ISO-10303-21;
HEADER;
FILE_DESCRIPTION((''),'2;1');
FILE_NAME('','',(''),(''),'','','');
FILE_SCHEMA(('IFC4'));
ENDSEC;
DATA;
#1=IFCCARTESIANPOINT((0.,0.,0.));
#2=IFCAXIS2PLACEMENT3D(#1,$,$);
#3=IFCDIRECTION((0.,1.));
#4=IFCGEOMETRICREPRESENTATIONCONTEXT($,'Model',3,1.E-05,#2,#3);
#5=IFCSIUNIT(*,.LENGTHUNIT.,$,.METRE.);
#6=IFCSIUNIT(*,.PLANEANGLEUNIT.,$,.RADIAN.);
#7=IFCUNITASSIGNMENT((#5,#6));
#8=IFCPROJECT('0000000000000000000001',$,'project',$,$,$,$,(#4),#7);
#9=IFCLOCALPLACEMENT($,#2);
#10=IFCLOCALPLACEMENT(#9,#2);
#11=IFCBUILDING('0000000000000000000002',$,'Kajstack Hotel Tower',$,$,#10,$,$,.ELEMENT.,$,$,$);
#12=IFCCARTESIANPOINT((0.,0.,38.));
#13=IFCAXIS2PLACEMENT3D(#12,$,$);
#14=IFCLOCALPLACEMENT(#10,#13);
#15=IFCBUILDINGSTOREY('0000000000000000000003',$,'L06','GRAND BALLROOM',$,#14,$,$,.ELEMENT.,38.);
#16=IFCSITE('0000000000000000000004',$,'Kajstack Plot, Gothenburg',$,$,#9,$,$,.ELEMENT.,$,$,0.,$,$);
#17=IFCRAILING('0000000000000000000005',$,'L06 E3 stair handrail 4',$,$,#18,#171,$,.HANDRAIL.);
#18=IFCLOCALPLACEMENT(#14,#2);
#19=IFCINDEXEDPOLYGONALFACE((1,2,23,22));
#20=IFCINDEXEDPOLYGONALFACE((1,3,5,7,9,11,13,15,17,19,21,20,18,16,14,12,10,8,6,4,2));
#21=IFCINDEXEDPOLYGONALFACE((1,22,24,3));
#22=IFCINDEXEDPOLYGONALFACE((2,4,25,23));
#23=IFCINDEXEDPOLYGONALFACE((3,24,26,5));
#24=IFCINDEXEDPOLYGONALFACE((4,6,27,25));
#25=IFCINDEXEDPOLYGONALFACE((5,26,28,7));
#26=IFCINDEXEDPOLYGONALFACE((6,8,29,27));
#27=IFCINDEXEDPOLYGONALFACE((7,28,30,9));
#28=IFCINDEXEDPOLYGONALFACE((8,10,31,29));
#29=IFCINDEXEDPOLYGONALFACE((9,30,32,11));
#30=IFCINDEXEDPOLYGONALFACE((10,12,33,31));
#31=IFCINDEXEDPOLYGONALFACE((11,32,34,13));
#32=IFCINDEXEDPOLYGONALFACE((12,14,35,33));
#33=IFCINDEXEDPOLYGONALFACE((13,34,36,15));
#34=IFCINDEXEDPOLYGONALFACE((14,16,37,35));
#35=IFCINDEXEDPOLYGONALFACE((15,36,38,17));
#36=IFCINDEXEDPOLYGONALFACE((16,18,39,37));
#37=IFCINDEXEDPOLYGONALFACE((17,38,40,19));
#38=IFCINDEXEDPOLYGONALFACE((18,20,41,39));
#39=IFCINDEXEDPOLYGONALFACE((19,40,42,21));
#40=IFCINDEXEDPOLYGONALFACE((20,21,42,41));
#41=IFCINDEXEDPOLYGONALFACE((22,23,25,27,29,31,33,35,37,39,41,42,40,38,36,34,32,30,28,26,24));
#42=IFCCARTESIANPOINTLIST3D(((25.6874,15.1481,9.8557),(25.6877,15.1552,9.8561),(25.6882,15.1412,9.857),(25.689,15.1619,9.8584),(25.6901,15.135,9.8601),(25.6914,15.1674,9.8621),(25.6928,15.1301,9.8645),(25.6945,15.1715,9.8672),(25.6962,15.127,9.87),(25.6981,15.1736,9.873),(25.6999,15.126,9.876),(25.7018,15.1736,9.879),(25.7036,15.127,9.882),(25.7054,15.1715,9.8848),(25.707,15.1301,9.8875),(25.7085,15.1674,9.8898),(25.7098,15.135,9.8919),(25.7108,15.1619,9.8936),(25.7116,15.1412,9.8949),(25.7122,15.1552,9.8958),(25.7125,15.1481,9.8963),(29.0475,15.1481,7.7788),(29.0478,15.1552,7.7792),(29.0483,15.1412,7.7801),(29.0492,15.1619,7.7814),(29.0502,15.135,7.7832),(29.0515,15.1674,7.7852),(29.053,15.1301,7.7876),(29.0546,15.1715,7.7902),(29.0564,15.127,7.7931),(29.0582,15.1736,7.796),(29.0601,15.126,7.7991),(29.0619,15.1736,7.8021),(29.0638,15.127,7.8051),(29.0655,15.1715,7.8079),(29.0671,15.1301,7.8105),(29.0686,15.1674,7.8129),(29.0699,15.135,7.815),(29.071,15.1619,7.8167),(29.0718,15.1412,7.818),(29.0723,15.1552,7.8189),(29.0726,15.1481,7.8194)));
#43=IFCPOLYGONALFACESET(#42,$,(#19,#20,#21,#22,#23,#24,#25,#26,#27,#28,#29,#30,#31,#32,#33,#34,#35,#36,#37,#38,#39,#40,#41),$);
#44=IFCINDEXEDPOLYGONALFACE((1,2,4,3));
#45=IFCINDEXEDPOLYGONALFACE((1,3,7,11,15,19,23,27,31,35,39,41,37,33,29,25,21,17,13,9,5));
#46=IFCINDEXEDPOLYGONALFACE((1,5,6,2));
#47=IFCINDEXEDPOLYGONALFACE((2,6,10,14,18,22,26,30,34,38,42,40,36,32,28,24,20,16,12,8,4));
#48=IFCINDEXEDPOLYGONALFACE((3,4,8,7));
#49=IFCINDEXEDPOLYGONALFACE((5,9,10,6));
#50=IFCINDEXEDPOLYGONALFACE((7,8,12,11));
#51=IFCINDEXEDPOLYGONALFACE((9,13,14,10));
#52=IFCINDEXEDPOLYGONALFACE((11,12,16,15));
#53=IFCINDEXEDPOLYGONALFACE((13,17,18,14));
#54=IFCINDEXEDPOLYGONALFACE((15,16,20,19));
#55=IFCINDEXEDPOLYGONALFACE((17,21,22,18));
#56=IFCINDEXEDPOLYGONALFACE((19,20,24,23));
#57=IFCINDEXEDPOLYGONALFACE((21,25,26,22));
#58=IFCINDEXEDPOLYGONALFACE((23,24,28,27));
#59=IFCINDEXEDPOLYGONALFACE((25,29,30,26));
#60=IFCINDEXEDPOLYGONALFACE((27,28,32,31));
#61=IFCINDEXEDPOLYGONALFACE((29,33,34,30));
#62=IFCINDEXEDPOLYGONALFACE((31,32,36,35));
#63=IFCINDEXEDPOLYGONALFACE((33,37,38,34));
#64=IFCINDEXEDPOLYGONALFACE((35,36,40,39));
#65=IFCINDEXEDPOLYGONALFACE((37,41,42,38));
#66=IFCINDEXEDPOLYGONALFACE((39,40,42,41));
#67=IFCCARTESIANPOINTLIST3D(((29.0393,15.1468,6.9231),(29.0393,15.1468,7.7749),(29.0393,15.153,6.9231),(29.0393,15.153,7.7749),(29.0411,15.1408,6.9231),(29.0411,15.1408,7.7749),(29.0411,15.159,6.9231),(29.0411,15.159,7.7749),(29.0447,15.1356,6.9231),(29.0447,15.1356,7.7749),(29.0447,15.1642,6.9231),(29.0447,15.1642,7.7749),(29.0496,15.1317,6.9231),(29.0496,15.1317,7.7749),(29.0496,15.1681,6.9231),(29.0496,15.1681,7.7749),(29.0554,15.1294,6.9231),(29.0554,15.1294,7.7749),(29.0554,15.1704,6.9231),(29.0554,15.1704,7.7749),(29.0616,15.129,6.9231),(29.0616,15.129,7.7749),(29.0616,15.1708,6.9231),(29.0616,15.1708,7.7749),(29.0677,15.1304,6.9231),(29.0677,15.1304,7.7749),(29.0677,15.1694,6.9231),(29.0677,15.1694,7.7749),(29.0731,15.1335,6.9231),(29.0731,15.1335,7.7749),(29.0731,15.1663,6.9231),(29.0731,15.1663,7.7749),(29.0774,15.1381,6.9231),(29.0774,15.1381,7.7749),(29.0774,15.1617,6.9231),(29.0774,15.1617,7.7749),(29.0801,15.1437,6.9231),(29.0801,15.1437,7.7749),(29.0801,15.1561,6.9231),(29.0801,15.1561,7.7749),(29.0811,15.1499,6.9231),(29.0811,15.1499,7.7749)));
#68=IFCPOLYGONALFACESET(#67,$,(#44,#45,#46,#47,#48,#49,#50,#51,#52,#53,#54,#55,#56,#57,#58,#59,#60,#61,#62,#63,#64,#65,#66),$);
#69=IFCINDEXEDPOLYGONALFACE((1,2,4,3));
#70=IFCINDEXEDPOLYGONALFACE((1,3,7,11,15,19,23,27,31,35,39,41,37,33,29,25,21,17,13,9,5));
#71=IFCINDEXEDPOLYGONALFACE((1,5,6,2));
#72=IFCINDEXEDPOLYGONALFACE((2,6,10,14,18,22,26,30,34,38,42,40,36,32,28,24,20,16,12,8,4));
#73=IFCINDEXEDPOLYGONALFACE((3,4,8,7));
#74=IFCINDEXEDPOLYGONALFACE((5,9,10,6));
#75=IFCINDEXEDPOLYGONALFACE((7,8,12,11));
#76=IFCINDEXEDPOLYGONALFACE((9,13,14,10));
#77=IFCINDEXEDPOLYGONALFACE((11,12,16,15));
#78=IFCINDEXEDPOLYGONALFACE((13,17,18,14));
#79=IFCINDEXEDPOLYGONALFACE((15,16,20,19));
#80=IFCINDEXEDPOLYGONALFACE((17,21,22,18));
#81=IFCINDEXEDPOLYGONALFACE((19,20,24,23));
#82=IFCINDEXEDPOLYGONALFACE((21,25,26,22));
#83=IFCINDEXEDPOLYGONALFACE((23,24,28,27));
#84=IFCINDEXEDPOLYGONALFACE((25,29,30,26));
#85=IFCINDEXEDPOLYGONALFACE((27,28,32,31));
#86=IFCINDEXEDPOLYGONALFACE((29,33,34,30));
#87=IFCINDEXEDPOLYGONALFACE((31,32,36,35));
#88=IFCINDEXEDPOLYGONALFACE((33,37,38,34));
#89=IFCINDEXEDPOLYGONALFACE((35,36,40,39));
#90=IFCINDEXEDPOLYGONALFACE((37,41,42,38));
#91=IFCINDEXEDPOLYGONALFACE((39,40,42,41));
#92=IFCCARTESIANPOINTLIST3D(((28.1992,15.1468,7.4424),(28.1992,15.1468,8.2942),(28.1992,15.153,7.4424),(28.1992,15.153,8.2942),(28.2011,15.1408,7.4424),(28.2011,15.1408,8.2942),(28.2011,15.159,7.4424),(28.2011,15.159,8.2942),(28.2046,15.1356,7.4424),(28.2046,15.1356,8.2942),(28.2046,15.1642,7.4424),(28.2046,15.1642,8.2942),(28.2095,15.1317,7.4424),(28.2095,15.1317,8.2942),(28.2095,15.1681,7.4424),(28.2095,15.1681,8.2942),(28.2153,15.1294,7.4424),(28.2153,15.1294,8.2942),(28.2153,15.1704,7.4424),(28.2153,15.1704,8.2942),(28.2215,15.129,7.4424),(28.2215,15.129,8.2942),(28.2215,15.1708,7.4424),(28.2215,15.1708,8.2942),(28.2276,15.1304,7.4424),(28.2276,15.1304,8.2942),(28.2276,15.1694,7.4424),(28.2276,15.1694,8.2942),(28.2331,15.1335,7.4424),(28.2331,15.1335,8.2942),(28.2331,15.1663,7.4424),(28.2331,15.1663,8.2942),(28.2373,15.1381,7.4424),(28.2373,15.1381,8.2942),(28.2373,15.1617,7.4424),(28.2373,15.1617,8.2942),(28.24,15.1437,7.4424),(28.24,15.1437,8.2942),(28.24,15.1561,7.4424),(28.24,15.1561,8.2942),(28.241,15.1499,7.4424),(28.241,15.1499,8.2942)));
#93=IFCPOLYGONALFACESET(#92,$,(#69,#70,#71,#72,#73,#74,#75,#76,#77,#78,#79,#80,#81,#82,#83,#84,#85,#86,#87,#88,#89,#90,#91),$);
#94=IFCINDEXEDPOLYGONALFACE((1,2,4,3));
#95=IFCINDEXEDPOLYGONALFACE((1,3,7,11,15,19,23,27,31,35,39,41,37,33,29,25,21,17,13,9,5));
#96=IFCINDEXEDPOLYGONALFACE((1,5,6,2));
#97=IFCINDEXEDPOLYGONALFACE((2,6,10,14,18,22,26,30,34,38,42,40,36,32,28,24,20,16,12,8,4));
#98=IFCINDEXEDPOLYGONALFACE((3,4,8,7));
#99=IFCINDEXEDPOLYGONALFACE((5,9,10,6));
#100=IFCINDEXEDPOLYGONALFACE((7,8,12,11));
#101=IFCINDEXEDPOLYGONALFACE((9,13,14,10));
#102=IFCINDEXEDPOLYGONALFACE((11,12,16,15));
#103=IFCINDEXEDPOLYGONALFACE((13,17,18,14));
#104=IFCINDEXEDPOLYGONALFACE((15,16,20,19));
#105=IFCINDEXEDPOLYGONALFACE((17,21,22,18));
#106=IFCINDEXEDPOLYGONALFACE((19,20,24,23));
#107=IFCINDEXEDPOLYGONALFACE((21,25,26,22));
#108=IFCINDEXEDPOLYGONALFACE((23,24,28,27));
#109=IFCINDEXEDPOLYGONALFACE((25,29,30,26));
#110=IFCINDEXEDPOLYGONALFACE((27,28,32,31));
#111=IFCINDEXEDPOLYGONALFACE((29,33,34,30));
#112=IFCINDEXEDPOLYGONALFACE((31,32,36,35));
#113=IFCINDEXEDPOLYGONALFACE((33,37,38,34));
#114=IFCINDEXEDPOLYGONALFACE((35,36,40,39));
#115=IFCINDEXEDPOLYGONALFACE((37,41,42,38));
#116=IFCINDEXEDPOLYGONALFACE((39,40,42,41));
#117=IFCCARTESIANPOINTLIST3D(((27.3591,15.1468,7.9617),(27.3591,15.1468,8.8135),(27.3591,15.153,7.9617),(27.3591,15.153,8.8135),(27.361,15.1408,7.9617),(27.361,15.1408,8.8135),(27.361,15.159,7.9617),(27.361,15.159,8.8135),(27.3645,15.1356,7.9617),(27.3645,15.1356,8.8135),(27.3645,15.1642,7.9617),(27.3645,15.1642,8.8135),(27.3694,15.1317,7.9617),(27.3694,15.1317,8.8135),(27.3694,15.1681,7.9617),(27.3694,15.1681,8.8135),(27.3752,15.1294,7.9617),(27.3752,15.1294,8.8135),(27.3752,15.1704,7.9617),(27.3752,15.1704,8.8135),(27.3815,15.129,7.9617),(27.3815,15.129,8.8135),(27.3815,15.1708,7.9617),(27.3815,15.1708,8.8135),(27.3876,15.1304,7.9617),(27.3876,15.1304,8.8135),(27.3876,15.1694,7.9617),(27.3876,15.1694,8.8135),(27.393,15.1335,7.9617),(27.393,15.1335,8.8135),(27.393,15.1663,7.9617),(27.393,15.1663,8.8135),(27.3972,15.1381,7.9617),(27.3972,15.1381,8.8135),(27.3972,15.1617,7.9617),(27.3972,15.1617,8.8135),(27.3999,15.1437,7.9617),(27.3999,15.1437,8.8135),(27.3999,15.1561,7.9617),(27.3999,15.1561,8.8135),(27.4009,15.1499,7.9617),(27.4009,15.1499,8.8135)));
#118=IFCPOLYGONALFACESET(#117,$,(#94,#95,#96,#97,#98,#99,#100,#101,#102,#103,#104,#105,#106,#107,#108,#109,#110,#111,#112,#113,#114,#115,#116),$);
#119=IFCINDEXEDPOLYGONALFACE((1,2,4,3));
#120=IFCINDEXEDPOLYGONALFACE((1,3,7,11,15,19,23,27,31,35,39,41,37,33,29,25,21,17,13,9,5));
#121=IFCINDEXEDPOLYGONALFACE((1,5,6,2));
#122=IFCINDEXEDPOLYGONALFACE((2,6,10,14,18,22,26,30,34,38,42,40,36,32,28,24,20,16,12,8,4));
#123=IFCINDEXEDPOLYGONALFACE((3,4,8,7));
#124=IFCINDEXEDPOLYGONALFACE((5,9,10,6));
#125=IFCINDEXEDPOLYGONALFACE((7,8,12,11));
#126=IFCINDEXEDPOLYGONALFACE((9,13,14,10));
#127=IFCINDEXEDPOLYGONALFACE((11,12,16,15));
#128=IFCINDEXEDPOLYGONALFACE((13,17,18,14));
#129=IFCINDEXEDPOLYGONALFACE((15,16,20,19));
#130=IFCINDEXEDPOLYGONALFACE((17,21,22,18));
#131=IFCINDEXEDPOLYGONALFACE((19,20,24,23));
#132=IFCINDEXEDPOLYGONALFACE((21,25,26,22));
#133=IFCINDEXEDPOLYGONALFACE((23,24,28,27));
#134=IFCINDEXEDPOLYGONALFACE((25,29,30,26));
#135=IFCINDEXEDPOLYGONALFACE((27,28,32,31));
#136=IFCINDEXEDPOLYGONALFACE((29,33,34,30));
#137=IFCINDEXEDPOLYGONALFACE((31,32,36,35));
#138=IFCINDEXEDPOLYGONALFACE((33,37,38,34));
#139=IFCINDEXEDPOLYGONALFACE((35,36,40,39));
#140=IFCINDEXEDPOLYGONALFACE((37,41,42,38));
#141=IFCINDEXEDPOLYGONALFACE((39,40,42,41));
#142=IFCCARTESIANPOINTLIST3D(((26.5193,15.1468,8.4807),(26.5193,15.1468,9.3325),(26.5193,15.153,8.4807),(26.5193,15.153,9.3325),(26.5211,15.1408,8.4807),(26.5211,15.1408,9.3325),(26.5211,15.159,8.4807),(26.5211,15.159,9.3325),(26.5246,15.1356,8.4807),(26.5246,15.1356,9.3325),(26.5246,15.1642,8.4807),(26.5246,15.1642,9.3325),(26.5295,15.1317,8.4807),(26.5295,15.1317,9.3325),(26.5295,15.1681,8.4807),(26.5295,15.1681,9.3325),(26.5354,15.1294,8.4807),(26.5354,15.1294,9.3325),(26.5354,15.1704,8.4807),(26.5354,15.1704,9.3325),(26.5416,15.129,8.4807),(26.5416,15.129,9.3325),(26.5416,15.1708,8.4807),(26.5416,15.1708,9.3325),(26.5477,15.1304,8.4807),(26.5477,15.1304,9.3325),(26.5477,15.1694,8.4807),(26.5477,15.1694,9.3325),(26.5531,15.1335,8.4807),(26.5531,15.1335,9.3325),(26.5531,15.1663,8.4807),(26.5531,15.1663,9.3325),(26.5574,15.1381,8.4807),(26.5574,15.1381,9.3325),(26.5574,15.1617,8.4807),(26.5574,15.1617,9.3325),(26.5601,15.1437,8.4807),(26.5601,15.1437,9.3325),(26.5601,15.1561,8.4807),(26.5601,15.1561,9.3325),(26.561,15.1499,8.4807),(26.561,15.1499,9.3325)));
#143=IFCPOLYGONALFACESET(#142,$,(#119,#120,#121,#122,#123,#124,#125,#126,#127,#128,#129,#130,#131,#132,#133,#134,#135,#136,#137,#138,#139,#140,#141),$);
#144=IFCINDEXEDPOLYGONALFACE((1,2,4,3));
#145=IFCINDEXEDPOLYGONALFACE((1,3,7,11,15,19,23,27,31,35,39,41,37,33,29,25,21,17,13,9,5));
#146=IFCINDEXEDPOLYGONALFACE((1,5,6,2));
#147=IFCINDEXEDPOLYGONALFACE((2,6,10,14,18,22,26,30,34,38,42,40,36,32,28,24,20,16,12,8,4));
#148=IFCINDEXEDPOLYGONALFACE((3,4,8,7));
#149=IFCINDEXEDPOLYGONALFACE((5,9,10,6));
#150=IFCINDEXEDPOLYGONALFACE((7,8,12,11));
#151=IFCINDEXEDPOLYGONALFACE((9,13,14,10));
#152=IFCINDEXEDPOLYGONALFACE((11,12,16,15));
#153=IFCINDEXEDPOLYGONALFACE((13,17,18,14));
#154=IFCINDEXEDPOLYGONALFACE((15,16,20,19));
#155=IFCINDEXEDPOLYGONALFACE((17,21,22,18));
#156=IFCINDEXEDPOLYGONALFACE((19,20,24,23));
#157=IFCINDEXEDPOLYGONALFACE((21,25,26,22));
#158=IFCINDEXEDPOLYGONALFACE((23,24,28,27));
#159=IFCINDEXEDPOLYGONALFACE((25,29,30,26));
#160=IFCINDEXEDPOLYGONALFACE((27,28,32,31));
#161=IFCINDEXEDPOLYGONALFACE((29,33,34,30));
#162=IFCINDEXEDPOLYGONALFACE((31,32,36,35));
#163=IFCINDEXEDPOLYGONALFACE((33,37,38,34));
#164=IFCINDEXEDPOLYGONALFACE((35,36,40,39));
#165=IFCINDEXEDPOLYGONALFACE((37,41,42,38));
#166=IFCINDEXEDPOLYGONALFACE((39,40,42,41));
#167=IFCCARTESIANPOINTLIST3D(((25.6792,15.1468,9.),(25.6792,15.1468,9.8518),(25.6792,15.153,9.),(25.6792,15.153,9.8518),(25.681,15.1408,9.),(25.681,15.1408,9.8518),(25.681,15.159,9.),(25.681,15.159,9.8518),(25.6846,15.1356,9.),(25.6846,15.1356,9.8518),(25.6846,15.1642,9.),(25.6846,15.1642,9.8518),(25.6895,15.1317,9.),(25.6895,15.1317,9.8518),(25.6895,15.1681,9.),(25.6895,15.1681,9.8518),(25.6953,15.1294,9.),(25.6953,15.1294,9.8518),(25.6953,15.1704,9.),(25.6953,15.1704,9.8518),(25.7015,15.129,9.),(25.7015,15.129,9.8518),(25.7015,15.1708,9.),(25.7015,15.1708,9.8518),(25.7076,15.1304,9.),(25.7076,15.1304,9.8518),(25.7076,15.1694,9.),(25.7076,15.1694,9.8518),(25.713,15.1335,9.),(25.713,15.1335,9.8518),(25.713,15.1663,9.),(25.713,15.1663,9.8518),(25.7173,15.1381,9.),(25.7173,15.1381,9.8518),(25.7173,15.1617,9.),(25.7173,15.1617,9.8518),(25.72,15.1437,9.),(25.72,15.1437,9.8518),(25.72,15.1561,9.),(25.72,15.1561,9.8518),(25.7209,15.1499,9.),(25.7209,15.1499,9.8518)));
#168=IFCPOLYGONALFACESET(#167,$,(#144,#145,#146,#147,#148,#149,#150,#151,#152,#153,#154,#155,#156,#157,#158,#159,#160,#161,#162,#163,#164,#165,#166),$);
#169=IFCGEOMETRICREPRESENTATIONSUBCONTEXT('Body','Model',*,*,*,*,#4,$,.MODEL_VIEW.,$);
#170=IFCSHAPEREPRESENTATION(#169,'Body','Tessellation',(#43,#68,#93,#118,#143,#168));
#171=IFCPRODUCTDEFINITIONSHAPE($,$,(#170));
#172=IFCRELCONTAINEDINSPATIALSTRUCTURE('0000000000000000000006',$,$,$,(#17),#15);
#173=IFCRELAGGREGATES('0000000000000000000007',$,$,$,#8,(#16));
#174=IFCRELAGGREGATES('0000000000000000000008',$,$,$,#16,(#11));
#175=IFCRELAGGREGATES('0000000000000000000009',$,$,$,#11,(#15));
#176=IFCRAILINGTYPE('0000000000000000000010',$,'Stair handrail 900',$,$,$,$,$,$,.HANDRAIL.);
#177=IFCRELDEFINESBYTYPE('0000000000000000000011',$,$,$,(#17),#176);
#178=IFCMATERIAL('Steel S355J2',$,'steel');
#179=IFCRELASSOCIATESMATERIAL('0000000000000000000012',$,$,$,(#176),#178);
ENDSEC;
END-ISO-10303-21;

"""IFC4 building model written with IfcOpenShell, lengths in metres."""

from ifc_helpers import new_model, si_unit, direction, frame, origin, origin_2d, place, context, subcontext, project, spatial, circle, extrude, material, type_object, element, save


model = new_model("IFC4")

# Units and contexts
model_context = context("Model", 3, precision=1e-05, world=origin(), true_north=direction((0.0, 1.0)))
body_context = subcontext(model_context, "Body", "Model", "MODEL_VIEW")
ifc_project = project(units=[si_unit("LENGTHUNIT", "METRE"), si_unit("PLANEANGLEUNIT", "RADIAN")], contexts=[model_context])

# Site, building, storey
site_placement = place(None, origin())
site = spatial("IfcSite", under=ifc_project, at=site_placement, Name="Kajstack Plot, Gothenburg", CompositionType="ELEMENT", RefElevation=0.0)
building_placement = place(site_placement, origin())
building = spatial("IfcBuilding", under=site, at=building_placement, Name="Kajstack Hotel Tower", CompositionType="ELEMENT")
storey_placement = place(building_placement, frame((0.0, 0.0, 38.0)))
storey = spatial("IfcBuildingStorey", under=building, at=storey_placement, Name="L06", Description="GRAND BALLROOM", CompositionType="ELEMENT", Elevation=38.0)

# Railing
ifc_material_1 = material(Name="Steel S355J2", Category="steel")
railing_type_1 = type_object("IfcRailingType", Name="Stair handrail 900", PredefinedType="HANDRAIL", material=ifc_material_1)
railing_1_placement = place(storey_placement, frame((29.0601, 15.1499, 6.9231)))
element("IfcRailing", 1, at=railing_1_placement, inside=storey, type_object=railing_type_1, Name="L06 E3 stair handrail 4", PredefinedType="HANDRAIL", context=body_context, shape_type="SweptSolid", body=[
    extrude(circle(Radius=0.0239, at=origin_2d()), frame((0.0, 0.0, 0.876), z_axis=(-0.850623, 0.0, 0.525776), x_axis=(0.0, -1.0, 0.0)), (0.0, 0.0, 1.0), 3.9502),
    extrude(circle(Radius=0.021, at=origin_2d()), origin(), (0.0, 0.0, 1.0), 0.8518),
    extrude(circle(Radius=0.021, at=origin_2d()), frame((-0.8401, 0.0, 0.5193)), (0.0, 0.0, 1.0), 0.8518),
    extrude(circle(Radius=0.021, at=origin_2d()), frame((-1.6802, 0.0, 1.0386)), (0.0, 0.0, 1.0), 0.8518),
    extrude(circle(Radius=0.021, at=origin_2d()), frame((-2.52, 0.0, 1.5576)), (0.0, 0.0, 1.0), 0.8518),
    extrude(circle(Radius=0.021, at=origin_2d()), frame((-3.3601, 0.0, 2.0769)), (0.0, 0.0, 1.0), 0.8518),
])

save(model, "model.ifc")
